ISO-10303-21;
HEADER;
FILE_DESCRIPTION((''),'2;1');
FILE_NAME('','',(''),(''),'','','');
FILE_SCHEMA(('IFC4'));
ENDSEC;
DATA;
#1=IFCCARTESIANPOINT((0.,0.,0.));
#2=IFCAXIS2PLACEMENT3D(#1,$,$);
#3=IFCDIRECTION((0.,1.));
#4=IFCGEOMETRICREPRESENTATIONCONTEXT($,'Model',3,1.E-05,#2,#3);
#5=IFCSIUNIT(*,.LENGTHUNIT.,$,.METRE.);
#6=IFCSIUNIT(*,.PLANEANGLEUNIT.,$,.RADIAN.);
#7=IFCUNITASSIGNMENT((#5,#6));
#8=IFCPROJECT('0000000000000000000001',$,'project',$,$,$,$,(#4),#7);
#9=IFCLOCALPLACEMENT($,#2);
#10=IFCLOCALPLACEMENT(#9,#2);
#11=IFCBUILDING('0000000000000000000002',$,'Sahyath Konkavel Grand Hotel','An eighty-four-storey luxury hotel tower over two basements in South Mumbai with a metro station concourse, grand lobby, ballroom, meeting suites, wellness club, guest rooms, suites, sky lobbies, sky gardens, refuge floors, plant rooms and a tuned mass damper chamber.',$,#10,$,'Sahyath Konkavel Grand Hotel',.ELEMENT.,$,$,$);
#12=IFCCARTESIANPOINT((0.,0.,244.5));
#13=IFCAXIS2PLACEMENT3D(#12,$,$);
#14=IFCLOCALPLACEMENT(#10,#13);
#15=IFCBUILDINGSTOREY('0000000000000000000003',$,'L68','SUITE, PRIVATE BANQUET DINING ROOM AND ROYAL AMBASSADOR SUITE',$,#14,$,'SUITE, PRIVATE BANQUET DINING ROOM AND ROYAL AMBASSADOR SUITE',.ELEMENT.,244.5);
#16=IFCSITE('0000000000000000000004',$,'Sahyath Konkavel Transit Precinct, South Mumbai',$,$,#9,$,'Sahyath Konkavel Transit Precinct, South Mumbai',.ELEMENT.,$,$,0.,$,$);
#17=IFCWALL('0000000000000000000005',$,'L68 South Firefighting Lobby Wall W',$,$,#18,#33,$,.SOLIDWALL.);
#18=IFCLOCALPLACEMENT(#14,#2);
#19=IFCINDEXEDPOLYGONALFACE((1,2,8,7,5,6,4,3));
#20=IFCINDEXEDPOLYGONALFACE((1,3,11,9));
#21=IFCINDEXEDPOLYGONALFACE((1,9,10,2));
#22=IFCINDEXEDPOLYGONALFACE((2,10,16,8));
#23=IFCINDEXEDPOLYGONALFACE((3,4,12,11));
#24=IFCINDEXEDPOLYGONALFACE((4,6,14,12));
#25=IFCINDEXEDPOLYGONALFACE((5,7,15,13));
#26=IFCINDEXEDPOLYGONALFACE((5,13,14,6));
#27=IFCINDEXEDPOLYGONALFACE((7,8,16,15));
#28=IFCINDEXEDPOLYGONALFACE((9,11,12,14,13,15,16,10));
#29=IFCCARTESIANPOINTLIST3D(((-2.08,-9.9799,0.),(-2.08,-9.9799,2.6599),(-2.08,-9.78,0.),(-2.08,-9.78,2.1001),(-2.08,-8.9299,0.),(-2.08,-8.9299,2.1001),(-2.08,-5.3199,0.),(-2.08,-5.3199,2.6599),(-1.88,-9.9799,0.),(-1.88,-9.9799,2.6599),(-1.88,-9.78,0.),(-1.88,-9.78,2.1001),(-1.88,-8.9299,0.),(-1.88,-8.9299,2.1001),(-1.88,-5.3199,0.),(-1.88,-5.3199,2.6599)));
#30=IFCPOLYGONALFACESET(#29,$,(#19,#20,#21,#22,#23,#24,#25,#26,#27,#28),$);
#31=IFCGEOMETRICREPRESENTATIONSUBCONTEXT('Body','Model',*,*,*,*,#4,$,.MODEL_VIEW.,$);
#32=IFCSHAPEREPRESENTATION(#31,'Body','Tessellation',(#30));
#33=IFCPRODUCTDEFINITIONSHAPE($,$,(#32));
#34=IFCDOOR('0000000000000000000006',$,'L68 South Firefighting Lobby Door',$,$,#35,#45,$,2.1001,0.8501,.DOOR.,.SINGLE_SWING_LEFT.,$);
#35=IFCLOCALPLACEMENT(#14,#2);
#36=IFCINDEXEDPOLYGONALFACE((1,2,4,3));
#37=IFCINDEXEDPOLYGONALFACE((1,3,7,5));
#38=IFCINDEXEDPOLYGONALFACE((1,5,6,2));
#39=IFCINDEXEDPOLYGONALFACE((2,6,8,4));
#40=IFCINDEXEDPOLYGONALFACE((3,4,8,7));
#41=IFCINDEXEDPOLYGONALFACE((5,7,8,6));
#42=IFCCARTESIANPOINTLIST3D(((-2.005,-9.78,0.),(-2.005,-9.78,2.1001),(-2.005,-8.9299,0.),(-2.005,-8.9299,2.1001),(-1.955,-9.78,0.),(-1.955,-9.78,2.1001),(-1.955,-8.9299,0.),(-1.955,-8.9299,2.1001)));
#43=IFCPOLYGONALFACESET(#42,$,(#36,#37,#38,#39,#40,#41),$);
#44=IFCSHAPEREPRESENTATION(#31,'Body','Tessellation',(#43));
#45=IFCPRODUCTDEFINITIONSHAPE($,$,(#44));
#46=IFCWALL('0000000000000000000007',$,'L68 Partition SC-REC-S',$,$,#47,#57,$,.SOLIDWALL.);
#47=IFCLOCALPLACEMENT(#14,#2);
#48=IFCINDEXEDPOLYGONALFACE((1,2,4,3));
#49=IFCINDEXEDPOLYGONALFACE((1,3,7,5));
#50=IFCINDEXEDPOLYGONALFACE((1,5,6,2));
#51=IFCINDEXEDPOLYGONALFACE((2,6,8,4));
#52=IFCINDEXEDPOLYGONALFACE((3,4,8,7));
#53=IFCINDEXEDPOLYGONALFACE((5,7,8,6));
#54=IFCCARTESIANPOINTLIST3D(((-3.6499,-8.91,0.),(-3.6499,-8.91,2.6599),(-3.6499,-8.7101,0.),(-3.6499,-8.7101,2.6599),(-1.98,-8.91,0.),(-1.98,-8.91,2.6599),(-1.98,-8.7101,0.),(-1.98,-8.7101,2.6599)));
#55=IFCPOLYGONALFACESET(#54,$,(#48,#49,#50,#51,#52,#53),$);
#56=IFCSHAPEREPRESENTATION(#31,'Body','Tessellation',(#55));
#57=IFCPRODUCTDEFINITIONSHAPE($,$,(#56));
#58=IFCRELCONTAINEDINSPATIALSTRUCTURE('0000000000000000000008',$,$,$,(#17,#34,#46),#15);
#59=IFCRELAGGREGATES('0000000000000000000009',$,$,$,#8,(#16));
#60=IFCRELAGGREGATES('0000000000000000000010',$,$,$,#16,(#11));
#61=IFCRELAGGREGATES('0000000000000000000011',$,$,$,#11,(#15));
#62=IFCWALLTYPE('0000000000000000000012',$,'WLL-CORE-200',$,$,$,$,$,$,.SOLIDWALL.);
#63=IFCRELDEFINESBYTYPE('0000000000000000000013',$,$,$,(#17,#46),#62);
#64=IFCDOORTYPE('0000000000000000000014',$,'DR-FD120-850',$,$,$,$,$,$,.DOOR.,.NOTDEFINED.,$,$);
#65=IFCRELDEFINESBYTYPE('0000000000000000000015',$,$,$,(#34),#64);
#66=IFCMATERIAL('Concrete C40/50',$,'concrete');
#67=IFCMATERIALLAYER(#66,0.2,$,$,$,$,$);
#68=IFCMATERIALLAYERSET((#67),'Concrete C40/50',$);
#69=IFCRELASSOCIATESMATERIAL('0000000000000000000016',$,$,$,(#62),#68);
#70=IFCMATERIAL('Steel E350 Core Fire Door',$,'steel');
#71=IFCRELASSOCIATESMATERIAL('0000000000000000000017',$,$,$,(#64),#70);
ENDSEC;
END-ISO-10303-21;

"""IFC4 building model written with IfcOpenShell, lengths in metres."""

from ifc_helpers import new_model, si_unit, direction, frame, frame_2d, origin, origin_2d, place, context, subcontext, project, spatial, rectangle, extrude, source, transform, mapped, material, layer, layer_set, type_object, element, fill, save


model = new_model("IFC4")

# Units and contexts
model_context = context("Model", 3, precision=1e-05, world=origin(), true_north=direction((0.0, 1.0)))
body_context = subcontext(model_context, "Body", "Model", "MODEL_VIEW")
ifc_project = project(units=[si_unit("LENGTHUNIT", "METRE"), si_unit("PLANEANGLEUNIT", "RADIAN")], contexts=[model_context])

# Site, building, storey
site_placement = place(None, origin())
site = spatial("IfcSite", under=ifc_project, at=site_placement, Name="Sahyath Konkavel Transit Precinct, South Mumbai", LongName="Sahyath Konkavel Transit Precinct, South Mumbai", CompositionType="ELEMENT", RefElevation=0.0)
building_placement = place(site_placement, origin())
building = spatial("IfcBuilding", under=site, at=building_placement, Name="Sahyath Konkavel Grand Hotel", Description="An eighty-four-storey luxury hotel tower over two basements in South Mumbai with a metro station concourse, grand lobby, ballroom, meeting suites, wellness club, guest rooms, suites, sky lobbies, sky gardens, refuge floors, plant rooms and a tuned mass damper chamber.", LongName="Sahyath Konkavel Grand Hotel", CompositionType="ELEMENT")
storey_placement = place(building_placement, frame((0.0, 0.0, 244.5)))
storey = spatial("IfcBuildingStorey", under=building, at=storey_placement, Name="L68", Description="SUITE, PRIVATE BANQUET DINING ROOM AND ROYAL AMBASSADOR SUITE", LongName="SUITE, PRIVATE BANQUET DINING ROOM AND ROYAL AMBASSADOR SUITE", CompositionType="ELEMENT", Elevation=244.5)

# Shared definitions
ifc_material_1 = material(Name="Concrete C40/50", Category="concrete")

# Wall, opening, door
ifc_layer_1 = layer(ifc_material_1, 0.2)
ifc_layer_set_1 = layer_set([ifc_layer_1], Name="Concrete C40/50")
wall_type_1 = type_object("IfcWallType", Name="WLL-CORE-200", PredefinedType="SOLIDWALL", material=ifc_layer_set_1)
wall_1_placement = place(storey_placement, frame((-1.98, -9.98, 0.0), z_axis=(0.0, 0.0, 1.0), x_axis=(0.0, 1.0, 0.0)))
wall_1 = element("IfcWall", 1, at=wall_1_placement, inside=storey, type_object=wall_type_1, Name="L68 South Firefighting Lobby Wall W", PredefinedType="SOLIDWALL", context=body_context, shape_type="SweptSolid", body=[
    extrude(rectangle(XDim=4.6599, YDim=0.2, at=frame_2d((2.3301, 0.0))), origin(), (0.0, 0.0, 1.0), 2.6599),
])
opening_1_placement = place(wall_1_placement, frame((0.2, 0.0, 0.0)))
opening_1 = element("IfcOpeningElement", 2, at=opening_1_placement, cuts=wall_1, PredefinedType="OPENING", context=body_context, shape_type="SweptSolid", body=[
    extrude(rectangle(XDim=0.8501, YDim=2.1001, at=frame_2d((0.425, 1.05))), frame((0.0, 0.1099, 0.0), z_axis=(0.0, -1.0, 0.0), x_axis=(1.0, 0.0, 0.0)), (0.0, 0.0, 1.0), 0.22),
])
ifc_material_2 = material(Name="Steel E350 Core Fire Door", Category="steel")
door_type_1 = type_object("IfcDoorType", Name="DR-FD120-850", OperationType="NOTDEFINED", PredefinedType="DOOR", material=ifc_material_2)
shared_shape_1 = source(origin(), body_context, "Body", "SweptSolid", [
    extrude(rectangle(XDim=0.8501, YDim=0.05, at=origin_2d()), origin(), (0.0, 0.0, 1.0), 2.1001),
])
door_1_placement = place(opening_1_placement, frame((0.425, 0.0, 0.0)))
door_1 = element("IfcDoor", 3, at=door_1_placement, inside=storey, type_object=door_type_1, Name="L68 South Firefighting Lobby Door", OperationType="SINGLE_SWING_LEFT", OverallHeight=2.1001, OverallWidth=0.8501, PredefinedType="DOOR", context=body_context, shape_type="MappedRepresentation", body=[
    mapped(shared_shape_1, transform((0.0, 0.0, 0.0), scale=1.0)),
])
fill(opening_1, door_1)

# Wall
wall_2_placement = place(storey_placement, frame((-3.6499, -8.8101, 0.0), z_axis=(0.0, 0.0, 1.0), x_axis=(1.0, 0.0, 0.0)))
element("IfcWall", 4, at=wall_2_placement, inside=storey, type_object=wall_type_1, Name="L68 Partition SC-REC-S", PredefinedType="SOLIDWALL", context=body_context, shape_type="SweptSolid", body=[
    extrude(rectangle(XDim=1.6699, YDim=0.2, at=frame_2d((0.835, 0.0))), origin(), (0.0, 0.0, 1.0), 2.6599),
])

save(model, "model.ifc")
